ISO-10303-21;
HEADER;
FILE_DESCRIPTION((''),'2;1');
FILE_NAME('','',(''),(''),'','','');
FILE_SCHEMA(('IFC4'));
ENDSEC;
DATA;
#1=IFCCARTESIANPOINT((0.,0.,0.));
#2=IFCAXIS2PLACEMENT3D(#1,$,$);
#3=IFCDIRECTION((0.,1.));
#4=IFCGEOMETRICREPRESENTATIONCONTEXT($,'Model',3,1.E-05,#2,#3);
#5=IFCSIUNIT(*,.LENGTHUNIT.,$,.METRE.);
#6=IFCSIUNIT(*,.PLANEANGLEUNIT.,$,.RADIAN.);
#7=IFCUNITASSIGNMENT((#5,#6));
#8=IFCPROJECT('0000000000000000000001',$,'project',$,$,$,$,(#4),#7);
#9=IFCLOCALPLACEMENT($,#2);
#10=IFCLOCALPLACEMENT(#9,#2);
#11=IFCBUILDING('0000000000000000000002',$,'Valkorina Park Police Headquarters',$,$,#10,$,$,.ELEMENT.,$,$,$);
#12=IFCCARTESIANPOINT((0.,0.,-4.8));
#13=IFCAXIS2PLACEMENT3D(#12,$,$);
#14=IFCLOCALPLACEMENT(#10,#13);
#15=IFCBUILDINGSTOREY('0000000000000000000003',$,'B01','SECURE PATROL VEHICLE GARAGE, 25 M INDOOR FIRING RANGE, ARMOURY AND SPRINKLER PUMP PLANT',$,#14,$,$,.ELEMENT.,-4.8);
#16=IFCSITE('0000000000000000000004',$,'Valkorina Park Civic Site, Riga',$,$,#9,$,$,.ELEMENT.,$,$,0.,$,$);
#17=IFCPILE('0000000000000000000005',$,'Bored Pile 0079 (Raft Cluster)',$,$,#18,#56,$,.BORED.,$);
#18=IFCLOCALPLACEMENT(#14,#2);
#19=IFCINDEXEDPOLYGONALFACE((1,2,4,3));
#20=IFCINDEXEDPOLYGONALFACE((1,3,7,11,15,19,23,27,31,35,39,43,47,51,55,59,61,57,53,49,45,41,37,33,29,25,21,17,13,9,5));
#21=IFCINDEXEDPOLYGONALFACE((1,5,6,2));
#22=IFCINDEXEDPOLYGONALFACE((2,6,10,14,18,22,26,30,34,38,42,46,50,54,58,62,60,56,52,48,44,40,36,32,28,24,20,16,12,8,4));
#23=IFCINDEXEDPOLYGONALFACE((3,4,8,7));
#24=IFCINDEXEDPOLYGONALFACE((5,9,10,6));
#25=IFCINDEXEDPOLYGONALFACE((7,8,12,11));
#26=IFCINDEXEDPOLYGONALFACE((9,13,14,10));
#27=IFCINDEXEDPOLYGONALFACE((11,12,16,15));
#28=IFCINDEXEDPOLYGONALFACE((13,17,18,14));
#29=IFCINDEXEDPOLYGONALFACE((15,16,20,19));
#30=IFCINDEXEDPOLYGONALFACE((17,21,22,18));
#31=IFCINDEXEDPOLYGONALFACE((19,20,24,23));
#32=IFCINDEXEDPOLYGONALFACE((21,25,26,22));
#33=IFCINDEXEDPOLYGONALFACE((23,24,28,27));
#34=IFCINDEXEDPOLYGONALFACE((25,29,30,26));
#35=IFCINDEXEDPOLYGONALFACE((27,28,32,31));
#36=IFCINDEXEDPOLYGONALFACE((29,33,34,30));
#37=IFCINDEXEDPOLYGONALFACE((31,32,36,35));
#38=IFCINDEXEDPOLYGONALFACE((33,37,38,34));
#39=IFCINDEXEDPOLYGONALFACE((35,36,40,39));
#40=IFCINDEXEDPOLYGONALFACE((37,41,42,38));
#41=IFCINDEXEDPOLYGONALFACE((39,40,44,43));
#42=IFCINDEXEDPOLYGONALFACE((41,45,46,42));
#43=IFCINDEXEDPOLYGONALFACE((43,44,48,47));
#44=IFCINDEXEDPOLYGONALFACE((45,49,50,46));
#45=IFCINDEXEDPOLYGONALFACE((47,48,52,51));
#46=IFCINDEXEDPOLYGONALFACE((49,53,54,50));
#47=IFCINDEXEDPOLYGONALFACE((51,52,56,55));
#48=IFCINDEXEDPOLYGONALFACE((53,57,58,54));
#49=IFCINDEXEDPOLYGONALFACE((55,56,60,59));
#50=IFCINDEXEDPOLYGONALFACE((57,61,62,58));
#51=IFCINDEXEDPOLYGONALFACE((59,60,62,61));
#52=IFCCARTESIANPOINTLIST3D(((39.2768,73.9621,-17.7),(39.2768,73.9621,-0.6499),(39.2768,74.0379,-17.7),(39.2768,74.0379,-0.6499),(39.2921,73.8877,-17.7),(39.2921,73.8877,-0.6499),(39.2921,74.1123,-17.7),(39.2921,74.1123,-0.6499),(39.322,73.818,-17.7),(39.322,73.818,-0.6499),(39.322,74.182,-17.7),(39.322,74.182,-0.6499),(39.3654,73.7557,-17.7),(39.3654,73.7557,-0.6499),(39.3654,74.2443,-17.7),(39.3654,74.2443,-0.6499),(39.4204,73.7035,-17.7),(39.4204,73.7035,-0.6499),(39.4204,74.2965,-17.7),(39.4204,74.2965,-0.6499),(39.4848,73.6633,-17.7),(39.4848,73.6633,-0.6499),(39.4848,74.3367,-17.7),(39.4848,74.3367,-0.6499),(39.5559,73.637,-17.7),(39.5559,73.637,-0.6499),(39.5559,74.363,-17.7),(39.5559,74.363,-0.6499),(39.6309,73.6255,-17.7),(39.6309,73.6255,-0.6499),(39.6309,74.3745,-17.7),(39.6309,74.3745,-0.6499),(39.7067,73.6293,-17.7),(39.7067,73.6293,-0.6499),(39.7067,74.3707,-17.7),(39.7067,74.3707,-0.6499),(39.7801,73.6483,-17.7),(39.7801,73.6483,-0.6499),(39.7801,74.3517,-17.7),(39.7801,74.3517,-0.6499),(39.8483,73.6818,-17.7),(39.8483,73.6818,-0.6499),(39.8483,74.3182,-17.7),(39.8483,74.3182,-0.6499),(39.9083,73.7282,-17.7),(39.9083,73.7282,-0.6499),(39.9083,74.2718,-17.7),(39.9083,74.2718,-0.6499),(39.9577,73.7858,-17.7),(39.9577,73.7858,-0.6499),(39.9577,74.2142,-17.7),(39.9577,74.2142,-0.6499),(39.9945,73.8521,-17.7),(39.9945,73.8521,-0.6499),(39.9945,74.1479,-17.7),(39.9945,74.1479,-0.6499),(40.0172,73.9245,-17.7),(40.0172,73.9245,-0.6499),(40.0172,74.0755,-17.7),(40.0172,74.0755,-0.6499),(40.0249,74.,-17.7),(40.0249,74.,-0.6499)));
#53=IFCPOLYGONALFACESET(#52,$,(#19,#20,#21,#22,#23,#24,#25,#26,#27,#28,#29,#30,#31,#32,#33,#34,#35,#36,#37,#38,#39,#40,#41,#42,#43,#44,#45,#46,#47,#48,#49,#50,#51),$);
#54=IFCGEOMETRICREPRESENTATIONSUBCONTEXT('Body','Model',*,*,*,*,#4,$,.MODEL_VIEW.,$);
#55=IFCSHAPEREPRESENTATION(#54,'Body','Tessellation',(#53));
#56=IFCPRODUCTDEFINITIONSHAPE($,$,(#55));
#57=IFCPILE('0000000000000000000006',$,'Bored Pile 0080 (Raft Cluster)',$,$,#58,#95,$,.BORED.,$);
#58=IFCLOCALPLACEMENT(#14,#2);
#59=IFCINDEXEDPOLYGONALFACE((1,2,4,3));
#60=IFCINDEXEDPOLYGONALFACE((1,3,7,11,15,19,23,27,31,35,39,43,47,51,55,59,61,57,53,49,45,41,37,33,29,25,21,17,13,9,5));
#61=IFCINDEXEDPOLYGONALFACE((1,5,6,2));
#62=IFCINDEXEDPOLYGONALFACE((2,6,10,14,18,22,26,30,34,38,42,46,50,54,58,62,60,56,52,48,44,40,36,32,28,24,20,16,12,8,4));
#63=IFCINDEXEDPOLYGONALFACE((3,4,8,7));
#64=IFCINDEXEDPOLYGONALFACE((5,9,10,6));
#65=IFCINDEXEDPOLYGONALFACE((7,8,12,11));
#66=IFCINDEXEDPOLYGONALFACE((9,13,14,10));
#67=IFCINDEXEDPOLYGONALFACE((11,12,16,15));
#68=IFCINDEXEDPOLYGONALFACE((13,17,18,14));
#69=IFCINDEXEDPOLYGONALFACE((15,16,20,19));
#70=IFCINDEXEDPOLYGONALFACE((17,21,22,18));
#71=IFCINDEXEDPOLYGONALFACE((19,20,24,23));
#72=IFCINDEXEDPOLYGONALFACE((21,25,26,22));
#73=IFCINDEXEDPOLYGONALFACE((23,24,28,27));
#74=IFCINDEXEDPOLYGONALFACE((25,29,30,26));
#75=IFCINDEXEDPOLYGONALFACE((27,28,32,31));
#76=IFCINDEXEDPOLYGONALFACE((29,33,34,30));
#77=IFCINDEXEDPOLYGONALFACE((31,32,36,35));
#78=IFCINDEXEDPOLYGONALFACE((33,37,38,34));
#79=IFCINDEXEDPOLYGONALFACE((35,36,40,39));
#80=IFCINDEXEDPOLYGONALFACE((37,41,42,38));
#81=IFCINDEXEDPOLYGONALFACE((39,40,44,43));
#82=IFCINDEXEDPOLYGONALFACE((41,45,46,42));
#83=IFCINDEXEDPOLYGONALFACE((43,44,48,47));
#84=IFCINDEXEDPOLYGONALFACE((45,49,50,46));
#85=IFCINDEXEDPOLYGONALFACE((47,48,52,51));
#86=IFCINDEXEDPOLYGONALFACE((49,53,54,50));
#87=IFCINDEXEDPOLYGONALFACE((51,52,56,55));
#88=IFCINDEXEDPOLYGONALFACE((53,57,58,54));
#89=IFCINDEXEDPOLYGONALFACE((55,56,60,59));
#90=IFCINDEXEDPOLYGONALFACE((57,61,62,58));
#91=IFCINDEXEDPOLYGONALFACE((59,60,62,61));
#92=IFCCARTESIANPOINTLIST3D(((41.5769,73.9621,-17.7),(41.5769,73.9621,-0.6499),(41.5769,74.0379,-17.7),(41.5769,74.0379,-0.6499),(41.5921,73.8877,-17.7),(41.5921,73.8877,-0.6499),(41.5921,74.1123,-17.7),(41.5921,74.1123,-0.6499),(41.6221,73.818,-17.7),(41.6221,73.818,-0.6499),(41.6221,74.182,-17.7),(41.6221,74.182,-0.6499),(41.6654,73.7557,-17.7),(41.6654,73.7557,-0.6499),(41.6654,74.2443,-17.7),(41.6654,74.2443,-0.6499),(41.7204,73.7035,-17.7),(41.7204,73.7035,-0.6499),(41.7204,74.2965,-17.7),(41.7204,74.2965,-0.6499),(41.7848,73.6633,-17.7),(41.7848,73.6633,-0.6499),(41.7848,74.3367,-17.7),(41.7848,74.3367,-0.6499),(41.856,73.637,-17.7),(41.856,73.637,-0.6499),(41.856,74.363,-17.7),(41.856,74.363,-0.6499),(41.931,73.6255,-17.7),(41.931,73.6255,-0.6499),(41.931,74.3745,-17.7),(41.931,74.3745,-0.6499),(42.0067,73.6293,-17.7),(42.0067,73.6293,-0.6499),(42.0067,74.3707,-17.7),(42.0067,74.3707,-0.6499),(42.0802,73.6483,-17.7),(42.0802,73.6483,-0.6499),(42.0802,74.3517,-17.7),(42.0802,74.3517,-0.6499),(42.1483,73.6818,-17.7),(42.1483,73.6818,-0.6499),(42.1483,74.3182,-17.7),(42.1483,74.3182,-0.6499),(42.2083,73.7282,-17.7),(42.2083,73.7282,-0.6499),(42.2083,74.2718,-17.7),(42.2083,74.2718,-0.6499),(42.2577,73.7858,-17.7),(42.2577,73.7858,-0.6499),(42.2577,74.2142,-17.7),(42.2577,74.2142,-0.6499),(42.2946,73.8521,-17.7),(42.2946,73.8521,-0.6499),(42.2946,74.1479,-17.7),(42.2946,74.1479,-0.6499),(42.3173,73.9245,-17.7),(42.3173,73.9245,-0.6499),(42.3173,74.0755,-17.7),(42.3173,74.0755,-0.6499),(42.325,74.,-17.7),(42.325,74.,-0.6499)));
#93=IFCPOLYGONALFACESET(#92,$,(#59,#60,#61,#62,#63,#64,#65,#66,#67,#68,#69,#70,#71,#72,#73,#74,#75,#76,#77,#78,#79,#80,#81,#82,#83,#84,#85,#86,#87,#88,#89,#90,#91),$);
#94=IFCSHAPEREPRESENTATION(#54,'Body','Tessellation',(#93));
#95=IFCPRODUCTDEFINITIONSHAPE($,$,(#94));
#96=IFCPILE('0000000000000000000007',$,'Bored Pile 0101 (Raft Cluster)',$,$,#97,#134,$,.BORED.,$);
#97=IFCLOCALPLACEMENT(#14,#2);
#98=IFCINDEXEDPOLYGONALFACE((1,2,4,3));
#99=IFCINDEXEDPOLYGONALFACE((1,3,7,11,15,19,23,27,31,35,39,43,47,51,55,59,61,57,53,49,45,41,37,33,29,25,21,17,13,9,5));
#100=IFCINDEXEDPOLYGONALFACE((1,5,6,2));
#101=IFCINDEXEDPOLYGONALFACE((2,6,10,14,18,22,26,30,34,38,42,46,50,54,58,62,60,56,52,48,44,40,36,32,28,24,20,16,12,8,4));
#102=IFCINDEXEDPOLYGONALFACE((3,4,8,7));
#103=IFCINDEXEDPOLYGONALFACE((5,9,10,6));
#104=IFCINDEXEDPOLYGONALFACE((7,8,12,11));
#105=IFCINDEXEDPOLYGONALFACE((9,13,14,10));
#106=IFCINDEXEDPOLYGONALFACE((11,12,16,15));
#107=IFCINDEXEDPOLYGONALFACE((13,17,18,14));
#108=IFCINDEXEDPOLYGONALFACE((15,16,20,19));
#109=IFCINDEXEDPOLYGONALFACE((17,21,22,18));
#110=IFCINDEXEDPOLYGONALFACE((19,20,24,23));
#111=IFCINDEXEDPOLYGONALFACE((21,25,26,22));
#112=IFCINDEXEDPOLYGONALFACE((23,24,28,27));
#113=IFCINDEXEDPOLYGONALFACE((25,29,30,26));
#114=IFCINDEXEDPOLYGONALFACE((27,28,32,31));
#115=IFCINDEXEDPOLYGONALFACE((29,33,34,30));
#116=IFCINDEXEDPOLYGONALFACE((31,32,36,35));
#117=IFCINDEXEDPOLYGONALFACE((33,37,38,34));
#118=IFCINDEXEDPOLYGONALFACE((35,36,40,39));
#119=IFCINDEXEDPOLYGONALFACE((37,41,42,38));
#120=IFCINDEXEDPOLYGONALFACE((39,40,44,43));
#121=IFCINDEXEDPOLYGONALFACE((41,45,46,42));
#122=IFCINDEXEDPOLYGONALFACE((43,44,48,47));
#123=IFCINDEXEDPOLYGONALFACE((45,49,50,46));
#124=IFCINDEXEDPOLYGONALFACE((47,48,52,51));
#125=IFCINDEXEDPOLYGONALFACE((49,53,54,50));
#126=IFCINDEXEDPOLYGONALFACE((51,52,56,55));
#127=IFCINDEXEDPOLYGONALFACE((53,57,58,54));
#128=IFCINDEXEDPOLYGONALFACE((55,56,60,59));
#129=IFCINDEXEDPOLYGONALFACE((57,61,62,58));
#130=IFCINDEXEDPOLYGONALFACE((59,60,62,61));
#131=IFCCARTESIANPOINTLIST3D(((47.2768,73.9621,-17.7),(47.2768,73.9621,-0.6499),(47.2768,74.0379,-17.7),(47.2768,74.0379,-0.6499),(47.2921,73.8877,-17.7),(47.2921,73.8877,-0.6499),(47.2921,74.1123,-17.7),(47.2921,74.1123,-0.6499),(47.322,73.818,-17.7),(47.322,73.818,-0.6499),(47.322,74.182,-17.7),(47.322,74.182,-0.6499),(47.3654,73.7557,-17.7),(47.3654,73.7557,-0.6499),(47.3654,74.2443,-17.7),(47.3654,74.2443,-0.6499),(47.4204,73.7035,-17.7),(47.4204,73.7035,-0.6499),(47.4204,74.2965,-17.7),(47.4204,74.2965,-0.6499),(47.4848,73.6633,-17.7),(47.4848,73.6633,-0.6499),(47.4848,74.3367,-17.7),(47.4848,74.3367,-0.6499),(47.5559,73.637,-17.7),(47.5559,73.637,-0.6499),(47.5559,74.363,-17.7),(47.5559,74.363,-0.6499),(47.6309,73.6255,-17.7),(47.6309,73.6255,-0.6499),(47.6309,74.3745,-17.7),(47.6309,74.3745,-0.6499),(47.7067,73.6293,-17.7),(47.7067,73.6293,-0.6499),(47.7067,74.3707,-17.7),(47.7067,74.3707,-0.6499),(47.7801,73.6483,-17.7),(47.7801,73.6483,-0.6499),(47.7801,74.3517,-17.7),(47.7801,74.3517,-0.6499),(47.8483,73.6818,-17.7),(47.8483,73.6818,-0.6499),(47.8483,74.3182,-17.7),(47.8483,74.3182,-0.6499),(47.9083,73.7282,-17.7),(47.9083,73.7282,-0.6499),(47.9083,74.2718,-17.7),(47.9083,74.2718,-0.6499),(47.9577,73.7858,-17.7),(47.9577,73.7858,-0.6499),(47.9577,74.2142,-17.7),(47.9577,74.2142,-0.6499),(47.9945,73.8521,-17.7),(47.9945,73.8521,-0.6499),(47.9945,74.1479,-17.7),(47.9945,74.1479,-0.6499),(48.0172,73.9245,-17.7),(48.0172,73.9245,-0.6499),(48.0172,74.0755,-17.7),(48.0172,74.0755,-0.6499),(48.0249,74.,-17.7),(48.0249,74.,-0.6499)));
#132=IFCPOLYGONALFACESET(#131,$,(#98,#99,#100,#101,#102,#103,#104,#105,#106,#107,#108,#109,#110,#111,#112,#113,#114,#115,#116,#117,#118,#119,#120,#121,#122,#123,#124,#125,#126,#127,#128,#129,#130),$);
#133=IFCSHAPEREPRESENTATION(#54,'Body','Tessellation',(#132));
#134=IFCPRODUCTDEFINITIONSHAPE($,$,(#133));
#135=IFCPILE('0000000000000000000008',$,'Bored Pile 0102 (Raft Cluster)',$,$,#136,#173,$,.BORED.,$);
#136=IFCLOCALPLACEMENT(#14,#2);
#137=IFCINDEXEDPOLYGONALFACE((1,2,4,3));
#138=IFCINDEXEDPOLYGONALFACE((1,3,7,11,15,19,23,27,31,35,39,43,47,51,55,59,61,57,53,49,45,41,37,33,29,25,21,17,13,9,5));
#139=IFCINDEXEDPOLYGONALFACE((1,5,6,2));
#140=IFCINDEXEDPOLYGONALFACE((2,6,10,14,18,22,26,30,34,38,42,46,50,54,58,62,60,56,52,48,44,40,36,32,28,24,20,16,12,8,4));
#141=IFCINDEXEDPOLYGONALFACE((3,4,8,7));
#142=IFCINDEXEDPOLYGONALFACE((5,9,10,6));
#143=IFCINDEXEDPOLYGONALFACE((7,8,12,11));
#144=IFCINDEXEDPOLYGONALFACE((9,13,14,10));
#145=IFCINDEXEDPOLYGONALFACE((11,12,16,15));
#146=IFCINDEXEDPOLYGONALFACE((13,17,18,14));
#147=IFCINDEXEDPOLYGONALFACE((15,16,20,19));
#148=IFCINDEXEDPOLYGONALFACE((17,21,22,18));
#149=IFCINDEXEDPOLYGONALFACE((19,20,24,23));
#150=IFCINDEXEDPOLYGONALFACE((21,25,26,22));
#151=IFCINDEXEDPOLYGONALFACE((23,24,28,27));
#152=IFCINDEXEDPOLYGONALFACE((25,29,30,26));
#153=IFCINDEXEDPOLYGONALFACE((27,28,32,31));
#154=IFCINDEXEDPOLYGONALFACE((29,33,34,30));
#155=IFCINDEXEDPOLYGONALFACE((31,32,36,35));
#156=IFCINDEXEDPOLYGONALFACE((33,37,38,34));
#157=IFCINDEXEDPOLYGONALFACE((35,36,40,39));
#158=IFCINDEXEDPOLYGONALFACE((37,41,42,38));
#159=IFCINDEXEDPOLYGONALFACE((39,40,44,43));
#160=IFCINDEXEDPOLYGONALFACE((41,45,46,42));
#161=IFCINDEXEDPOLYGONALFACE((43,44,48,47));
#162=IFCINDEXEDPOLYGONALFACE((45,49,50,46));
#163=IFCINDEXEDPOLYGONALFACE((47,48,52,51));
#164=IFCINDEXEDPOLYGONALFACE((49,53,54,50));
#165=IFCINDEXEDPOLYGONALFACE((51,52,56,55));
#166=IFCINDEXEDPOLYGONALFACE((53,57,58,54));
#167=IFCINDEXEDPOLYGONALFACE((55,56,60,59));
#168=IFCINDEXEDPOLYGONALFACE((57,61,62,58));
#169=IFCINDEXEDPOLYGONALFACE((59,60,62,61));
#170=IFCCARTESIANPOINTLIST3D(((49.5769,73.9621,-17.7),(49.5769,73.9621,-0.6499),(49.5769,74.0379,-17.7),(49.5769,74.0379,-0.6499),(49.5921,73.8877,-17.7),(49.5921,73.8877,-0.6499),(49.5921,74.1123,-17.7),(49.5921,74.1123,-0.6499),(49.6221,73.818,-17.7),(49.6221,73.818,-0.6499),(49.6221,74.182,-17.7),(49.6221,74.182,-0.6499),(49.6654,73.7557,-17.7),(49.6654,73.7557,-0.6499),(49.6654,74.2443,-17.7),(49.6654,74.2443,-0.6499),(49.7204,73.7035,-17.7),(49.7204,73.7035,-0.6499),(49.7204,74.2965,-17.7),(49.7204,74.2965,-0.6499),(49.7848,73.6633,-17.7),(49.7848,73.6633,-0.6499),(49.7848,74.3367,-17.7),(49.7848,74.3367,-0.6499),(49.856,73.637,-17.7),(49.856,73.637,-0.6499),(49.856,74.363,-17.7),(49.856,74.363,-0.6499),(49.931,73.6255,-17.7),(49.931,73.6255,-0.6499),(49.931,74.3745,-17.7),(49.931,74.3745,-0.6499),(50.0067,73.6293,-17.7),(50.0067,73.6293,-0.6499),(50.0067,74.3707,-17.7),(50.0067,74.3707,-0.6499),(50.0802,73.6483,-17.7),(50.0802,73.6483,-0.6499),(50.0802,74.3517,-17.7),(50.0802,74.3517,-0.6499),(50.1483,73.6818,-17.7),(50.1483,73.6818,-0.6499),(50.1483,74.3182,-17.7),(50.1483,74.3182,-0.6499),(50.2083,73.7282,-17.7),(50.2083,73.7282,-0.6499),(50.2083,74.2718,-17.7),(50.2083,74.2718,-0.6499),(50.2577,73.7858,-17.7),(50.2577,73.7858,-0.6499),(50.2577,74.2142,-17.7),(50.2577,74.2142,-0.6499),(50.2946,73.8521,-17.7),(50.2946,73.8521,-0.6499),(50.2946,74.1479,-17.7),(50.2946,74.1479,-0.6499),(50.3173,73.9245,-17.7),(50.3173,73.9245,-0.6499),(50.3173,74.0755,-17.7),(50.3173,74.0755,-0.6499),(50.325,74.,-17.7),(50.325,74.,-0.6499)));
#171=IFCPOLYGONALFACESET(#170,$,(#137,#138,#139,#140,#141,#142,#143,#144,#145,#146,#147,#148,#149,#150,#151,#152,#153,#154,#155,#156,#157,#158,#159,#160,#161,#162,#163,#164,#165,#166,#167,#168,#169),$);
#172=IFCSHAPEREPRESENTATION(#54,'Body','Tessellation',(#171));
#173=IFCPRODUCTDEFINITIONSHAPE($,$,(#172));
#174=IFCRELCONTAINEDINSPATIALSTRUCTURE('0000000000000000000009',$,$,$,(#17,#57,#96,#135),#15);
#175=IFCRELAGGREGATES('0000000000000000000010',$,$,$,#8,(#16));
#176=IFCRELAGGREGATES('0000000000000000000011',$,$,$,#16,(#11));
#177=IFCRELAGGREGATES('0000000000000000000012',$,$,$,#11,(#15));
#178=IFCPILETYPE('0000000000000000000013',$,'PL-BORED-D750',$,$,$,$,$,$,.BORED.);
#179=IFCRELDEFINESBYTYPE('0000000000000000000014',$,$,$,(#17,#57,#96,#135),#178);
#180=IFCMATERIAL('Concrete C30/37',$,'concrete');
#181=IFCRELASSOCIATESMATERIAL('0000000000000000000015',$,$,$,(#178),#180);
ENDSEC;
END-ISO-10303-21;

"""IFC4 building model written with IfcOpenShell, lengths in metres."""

from ifc_helpers import new_model, si_unit, direction, frame, origin, origin_2d, place, context, subcontext, project, spatial, circle, extrude, material, material_profile, profile_set, type_object, element, save


model = new_model("IFC4")

# Units and contexts
model_context = context("Model", 3, precision=1e-05, world=origin(), true_north=direction((0.0, 1.0)))
body_context = subcontext(model_context, "Body", "Model", "MODEL_VIEW")
ifc_project = project(units=[si_unit("LENGTHUNIT", "METRE"), si_unit("PLANEANGLEUNIT", "RADIAN")], contexts=[model_context])

# Site, building, storey
site_placement = place(None, origin())
site = spatial("IfcSite", under=ifc_project, at=site_placement, Name="Valkorina Park Civic Site, Riga", CompositionType="ELEMENT", RefElevation=0.0)
building_placement = place(site_placement, origin())
building = spatial("IfcBuilding", under=site, at=building_placement, Name="Valkorina Park Police Headquarters", CompositionType="ELEMENT")
storey_placement = place(building_placement, frame((0.0, 0.0, -4.8)))
storey = spatial("IfcBuildingStorey", under=building, at=storey_placement, Name="B01", Description="SECURE PATROL VEHICLE GARAGE, 25 M INDOOR FIRING RANGE, ARMOURY AND SPRINKLER PUMP PLANT", CompositionType="ELEMENT", Elevation=-4.8)

# Piles
ifc_material_1 = material(Name="Concrete C30/37", Category="concrete")
ifc_material_profile_1 = material_profile(ifc_material_1, circle(Radius=0.375, at=origin_2d()), Name="BORED PILE D750")
ifc_profile_set_1 = profile_set([ifc_material_profile_1], Name="Concrete C30/37")
pile_type_1 = type_object("IfcPileType", Name="PL-BORED-D750", PredefinedType="BORED", material=ifc_profile_set_1)
for number, where, z_axis, x_axis, name in (
    (1, (39.6499, 74.0, -0.6499), (0.0, 0.0, -1.0), (1.0, 0.0, 0.0), "Bored Pile 0079 (Raft Cluster)"),
    (2, (41.95, 74.0, -0.6499), (0.0, 0.0, -1.0), (1.0, 0.0, 0.0), "Bored Pile 0080 (Raft Cluster)"),
    (3, (47.6499, 74.0, -0.6499), (0.0, 0.0, -1.0), (1.0, 0.0, 0.0), "Bored Pile 0101 (Raft Cluster)"),
    (4, (49.95, 74.0, -0.6499), (0.0, 0.0, -1.0), (1.0, 0.0, 0.0), "Bored Pile 0102 (Raft Cluster)"),
):
    element("IfcPile", number, at=place(storey_placement, frame(where, z_axis=z_axis, x_axis=x_axis)), inside=storey, type_object=pile_type_1, Name=name, PredefinedType="BORED", context=body_context, shape_type="SweptSolid", body=[
        extrude(circle(Radius=0.375, at=origin_2d()), origin(), (0.0, 0.0, 1.0), 17.05),
    ])

save(model, "model.ifc")
